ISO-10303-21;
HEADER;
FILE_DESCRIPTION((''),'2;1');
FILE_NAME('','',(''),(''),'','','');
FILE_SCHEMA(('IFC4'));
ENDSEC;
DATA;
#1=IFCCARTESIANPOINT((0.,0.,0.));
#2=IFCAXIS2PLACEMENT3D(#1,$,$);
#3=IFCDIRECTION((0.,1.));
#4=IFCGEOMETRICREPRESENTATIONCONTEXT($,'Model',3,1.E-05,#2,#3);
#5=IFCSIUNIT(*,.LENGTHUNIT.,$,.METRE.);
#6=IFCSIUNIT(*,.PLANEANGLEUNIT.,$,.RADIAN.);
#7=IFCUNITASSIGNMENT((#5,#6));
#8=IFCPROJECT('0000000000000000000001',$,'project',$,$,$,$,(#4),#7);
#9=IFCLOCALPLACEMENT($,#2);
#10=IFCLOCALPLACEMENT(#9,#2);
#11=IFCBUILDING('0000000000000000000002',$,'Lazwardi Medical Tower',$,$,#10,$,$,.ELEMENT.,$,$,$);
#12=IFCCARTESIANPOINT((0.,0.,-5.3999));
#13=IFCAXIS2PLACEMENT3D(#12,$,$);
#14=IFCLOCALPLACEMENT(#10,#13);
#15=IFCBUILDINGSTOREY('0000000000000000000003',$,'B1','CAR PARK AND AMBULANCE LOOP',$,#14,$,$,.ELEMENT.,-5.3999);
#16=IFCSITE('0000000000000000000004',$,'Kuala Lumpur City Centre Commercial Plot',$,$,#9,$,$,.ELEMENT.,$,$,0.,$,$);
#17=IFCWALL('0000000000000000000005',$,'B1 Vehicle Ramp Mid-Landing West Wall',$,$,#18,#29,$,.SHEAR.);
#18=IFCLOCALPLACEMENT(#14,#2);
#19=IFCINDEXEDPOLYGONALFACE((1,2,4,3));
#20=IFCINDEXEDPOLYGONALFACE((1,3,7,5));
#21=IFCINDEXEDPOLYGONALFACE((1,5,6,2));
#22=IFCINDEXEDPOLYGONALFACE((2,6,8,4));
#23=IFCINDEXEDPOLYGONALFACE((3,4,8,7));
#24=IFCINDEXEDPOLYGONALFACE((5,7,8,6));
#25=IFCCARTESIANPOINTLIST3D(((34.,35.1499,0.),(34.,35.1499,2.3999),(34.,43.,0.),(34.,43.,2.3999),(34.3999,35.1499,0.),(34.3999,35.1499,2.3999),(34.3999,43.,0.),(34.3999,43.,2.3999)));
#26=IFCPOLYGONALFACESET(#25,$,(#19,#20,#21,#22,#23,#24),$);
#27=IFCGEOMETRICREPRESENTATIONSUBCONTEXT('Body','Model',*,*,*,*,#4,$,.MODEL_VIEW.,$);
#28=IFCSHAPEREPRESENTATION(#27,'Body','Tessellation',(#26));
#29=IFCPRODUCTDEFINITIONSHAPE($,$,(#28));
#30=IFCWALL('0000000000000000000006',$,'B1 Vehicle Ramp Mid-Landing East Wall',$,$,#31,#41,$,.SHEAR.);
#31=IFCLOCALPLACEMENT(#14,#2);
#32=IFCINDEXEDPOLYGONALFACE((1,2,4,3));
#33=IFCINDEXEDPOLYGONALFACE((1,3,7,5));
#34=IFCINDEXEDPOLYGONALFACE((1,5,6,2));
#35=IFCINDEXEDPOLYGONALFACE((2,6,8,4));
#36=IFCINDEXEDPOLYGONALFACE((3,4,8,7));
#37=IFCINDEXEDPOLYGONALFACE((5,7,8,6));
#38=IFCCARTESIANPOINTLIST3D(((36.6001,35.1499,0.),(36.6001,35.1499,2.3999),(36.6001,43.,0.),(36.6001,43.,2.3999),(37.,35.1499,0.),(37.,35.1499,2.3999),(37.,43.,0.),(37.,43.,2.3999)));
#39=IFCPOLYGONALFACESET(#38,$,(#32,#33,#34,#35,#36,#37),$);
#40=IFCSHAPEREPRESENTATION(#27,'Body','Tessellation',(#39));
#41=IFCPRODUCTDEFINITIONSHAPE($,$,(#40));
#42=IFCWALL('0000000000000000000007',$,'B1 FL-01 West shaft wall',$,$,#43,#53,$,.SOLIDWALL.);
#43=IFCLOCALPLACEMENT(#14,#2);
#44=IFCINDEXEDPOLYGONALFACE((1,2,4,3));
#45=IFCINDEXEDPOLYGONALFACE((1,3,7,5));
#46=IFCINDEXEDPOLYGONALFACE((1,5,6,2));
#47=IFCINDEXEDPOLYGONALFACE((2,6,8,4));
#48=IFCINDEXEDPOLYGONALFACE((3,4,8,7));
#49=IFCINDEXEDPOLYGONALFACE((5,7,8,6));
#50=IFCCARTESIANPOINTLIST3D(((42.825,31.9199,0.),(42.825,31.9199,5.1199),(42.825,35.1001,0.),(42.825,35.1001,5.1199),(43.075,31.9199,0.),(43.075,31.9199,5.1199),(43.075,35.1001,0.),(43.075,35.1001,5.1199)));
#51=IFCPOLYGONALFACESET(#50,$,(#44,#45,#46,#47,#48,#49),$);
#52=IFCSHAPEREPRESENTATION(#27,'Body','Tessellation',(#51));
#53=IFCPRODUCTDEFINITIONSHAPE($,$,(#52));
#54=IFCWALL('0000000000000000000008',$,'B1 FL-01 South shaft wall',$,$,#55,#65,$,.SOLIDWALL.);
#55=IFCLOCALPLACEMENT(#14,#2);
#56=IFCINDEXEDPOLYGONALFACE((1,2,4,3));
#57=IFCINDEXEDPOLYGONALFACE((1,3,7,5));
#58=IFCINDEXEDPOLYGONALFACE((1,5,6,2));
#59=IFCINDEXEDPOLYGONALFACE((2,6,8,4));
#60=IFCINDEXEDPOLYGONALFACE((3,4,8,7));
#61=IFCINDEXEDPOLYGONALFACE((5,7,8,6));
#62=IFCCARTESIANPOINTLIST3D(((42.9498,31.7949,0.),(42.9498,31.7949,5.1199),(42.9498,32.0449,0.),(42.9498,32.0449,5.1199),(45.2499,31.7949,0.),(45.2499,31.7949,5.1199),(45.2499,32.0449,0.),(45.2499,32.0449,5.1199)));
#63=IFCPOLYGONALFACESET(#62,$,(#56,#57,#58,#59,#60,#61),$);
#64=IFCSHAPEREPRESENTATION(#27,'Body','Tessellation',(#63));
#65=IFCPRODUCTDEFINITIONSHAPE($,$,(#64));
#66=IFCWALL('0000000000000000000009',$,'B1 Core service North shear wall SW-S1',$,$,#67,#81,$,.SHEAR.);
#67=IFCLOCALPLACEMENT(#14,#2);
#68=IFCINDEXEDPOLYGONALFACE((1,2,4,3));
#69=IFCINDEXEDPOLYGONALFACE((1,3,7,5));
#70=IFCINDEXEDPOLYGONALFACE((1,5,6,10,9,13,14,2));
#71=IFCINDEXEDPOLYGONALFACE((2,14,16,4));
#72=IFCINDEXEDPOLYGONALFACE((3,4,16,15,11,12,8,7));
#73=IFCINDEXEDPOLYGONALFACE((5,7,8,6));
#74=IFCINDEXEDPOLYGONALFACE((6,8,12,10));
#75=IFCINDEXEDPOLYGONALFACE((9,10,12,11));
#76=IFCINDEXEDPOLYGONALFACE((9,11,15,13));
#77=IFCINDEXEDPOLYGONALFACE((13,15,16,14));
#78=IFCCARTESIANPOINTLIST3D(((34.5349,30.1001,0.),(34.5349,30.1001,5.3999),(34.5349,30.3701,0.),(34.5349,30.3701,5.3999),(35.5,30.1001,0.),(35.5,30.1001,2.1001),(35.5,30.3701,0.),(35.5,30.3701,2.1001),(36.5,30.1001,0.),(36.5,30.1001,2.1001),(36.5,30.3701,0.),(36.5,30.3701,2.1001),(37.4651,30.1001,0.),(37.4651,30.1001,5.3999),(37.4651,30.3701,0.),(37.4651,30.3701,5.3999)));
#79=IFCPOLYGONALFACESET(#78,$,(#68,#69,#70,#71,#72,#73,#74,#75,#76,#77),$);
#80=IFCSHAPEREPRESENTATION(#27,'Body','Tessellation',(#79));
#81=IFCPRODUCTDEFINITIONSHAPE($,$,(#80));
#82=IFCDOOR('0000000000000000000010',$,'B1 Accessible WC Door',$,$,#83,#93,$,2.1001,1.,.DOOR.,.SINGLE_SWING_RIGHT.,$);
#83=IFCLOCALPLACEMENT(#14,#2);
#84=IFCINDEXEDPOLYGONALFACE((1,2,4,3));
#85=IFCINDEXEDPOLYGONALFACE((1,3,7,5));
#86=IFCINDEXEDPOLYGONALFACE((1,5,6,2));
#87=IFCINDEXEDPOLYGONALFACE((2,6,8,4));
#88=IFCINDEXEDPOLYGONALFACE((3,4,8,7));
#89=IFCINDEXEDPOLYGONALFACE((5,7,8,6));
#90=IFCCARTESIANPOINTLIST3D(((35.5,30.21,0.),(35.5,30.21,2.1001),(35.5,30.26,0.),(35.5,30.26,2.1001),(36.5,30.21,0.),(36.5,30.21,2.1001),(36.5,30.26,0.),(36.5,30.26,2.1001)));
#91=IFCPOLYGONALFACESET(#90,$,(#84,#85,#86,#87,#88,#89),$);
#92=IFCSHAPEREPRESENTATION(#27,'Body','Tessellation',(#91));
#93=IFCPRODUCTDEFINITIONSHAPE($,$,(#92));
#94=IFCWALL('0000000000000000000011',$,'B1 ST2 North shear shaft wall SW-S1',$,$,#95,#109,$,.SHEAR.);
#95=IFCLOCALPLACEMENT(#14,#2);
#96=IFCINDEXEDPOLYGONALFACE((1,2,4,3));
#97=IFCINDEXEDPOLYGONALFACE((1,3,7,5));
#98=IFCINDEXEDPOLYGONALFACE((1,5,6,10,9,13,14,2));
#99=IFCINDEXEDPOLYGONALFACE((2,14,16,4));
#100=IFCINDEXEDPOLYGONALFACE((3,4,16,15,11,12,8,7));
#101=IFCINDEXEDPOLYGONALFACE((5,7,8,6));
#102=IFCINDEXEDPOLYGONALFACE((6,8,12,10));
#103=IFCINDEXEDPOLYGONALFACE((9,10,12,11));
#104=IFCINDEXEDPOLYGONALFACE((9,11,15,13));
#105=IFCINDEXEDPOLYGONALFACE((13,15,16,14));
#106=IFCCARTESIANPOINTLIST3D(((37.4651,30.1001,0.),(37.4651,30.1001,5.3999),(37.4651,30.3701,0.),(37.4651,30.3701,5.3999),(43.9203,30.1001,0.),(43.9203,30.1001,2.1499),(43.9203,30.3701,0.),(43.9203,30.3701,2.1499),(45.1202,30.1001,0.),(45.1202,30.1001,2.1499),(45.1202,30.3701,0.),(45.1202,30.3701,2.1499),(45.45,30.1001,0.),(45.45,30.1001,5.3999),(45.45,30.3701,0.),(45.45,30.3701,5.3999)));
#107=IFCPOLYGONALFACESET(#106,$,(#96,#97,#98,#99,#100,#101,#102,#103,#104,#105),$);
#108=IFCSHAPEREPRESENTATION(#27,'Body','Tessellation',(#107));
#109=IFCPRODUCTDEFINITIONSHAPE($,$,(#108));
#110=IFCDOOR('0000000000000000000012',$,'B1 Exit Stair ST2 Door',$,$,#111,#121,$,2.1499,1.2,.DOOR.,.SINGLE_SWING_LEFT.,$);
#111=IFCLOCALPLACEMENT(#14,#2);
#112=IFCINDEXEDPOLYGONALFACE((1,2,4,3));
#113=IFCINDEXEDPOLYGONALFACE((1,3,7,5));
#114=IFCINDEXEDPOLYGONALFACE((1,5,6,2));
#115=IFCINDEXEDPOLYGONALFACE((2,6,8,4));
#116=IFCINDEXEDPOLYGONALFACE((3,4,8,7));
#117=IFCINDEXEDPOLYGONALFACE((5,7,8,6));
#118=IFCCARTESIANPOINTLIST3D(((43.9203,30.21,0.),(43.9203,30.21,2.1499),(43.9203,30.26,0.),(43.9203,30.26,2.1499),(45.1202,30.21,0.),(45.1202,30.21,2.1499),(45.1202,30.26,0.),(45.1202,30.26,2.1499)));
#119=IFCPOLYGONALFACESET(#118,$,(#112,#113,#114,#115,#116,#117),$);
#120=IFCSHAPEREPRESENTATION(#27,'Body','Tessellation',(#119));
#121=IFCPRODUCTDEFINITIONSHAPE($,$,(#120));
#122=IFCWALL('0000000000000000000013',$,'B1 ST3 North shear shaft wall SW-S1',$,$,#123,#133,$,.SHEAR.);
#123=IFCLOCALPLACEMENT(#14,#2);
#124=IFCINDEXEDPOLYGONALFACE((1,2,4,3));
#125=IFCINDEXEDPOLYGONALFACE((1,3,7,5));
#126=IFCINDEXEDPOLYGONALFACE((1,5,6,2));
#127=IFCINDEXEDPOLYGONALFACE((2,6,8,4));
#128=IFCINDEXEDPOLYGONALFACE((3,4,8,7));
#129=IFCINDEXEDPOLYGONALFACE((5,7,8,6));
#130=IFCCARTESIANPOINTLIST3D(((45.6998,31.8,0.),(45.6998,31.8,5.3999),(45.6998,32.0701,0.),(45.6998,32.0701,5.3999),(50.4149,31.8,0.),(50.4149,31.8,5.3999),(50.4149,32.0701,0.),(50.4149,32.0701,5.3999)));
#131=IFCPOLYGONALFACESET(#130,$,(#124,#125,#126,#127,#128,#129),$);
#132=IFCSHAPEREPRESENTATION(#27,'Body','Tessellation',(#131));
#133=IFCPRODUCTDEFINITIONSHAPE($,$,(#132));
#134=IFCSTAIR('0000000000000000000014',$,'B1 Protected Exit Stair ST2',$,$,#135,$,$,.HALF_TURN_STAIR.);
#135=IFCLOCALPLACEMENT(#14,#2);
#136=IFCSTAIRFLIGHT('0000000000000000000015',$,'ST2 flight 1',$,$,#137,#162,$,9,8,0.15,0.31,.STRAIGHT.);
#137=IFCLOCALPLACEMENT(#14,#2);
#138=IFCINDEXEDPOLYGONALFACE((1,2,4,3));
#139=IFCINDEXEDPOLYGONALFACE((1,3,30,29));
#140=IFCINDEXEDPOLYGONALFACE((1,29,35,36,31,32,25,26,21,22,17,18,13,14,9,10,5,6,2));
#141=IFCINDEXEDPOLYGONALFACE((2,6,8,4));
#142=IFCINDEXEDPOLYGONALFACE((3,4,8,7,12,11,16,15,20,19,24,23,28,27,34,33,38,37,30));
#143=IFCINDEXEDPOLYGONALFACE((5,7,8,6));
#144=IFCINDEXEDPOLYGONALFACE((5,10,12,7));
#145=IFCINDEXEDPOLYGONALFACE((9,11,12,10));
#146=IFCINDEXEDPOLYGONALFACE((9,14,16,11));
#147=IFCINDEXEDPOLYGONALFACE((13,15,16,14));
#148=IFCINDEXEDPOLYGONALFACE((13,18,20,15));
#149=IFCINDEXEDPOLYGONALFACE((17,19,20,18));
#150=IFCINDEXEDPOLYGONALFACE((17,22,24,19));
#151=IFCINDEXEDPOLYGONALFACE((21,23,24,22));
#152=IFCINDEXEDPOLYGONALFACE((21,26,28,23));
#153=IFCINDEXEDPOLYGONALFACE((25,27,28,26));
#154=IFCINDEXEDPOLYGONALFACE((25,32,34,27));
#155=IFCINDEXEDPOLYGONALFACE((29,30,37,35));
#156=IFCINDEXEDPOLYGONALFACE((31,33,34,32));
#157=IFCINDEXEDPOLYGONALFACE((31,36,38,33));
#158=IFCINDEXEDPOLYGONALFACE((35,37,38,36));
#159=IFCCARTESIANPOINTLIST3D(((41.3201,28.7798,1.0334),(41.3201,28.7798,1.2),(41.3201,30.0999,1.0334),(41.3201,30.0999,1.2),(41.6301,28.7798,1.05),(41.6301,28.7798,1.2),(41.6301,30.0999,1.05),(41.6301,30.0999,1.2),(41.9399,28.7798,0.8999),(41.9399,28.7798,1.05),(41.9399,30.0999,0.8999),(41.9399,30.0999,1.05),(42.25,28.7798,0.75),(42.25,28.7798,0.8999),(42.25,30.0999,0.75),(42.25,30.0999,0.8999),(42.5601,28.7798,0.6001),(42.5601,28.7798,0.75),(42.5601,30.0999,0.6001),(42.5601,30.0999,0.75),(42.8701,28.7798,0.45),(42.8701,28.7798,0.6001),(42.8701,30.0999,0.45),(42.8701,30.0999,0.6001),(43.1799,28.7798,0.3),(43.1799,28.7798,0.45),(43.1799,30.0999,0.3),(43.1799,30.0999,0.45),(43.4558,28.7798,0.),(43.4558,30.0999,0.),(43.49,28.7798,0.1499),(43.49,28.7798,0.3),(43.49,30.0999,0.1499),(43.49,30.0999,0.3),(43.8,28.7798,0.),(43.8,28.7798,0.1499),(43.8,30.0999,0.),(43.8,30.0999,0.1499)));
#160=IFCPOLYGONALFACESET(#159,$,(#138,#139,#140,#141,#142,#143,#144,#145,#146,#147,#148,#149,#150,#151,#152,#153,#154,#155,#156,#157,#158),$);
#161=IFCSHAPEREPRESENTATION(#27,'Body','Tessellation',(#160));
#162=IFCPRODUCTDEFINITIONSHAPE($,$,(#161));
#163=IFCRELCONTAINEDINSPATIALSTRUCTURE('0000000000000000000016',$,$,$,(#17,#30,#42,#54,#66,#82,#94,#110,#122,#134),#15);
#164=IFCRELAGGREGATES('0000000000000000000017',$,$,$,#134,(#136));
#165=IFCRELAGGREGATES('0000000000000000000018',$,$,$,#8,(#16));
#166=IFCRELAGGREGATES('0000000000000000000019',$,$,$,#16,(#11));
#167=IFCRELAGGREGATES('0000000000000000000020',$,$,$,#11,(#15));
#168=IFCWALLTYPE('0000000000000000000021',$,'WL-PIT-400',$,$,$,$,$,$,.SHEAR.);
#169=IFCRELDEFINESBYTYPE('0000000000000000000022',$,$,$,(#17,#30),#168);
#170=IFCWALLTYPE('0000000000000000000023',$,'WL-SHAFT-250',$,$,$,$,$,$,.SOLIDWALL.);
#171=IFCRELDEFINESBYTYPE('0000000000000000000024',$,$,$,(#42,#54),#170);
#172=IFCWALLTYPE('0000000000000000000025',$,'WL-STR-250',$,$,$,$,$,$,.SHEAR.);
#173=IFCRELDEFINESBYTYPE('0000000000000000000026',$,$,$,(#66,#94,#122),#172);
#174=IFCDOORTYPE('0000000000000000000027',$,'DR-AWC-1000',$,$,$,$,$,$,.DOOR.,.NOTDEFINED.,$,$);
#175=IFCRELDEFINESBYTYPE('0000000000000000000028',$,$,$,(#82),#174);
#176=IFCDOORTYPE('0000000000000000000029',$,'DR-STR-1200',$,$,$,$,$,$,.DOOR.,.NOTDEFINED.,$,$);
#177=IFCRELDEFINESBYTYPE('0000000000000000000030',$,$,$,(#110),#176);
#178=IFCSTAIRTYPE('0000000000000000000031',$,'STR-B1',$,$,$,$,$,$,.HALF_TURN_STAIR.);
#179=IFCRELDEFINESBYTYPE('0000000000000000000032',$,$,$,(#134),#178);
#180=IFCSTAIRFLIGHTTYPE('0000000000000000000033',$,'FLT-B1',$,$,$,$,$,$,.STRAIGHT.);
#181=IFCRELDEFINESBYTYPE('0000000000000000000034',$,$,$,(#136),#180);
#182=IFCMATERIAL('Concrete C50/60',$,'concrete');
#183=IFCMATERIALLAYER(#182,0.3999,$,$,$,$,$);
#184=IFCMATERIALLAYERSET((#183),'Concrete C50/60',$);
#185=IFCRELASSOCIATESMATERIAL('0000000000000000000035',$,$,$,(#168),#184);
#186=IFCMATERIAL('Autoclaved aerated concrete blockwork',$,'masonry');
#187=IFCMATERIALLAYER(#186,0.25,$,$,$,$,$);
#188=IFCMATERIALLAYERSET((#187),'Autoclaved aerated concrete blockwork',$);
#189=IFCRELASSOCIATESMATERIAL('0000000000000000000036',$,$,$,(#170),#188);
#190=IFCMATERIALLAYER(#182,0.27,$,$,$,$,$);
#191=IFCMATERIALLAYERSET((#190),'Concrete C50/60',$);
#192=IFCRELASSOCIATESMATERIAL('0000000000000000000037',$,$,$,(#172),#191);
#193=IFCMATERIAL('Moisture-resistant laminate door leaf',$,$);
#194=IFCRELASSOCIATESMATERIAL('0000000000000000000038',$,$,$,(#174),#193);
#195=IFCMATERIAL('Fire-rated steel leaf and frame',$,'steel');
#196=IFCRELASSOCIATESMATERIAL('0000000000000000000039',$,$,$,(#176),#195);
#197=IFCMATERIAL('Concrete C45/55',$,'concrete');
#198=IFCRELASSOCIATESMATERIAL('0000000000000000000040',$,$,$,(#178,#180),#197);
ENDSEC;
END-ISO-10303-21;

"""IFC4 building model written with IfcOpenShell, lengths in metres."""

from ifc_helpers import new_model, si_unit, direction, frame, frame_2d, origin, place, context, subcontext, project, spatial, polyline, rectangle, outline, extrude, material, layer, layer_set, type_object, element, fill, aggregate, save


model = new_model("IFC4")

# Units and contexts
model_context = context("Model", 3, precision=1e-05, world=origin(), true_north=direction((0.0, 1.0)))
body_context = subcontext(model_context, "Body", "Model", "MODEL_VIEW")
ifc_project = project(units=[si_unit("LENGTHUNIT", "METRE"), si_unit("PLANEANGLEUNIT", "RADIAN")], contexts=[model_context])

# Site, building, storey
site_placement = place(None, origin())
site = spatial("IfcSite", under=ifc_project, at=site_placement, Name="Kuala Lumpur City Centre Commercial Plot", CompositionType="ELEMENT", RefElevation=0.0)
building_placement = place(site_placement, origin())
building = spatial("IfcBuilding", under=site, at=building_placement, Name="Lazwardi Medical Tower", CompositionType="ELEMENT")
storey_placement = place(building_placement, frame((0.0, 0.0, -5.3999)))
storey = spatial("IfcBuildingStorey", under=building, at=storey_placement, Name="B1", Description="CAR PARK AND AMBULANCE LOOP", CompositionType="ELEMENT", Elevation=-5.3999)

# Shared definitions
ifc_material_1 = material(Name="Concrete C50/60", Category="concrete")

# Walls
ifc_layer_1 = layer(ifc_material_1, 0.3999)
ifc_layer_set_1 = layer_set([ifc_layer_1], Name="Concrete C50/60")
wall_type_1 = type_object("IfcWallType", Name="WL-PIT-400", PredefinedType="SHEAR", material=ifc_layer_set_1)
for number, where, z_axis, x_axis, name in (
    (1, (34.2, 35.1499, 0.0), (0.0, 0.0, 1.0), (0.0, 1.0, 0.0), "B1 Vehicle Ramp Mid-Landing West Wall"),
    (2, (36.8, 35.1499, 0.0), (0.0, 0.0, 1.0), (0.0, 1.0, 0.0), "B1 Vehicle Ramp Mid-Landing East Wall"),
):
    element("IfcWall", number, at=place(storey_placement, frame(where, z_axis=z_axis, x_axis=x_axis)), inside=storey, type_object=wall_type_1, Name=name, PredefinedType="SHEAR", context=body_context, shape_type="SweptSolid", body=[
        extrude(rectangle(XDim=7.8501, YDim=0.3999, at=frame_2d((3.925, 0.0))), origin(), (0.0, 0.0, 1.0), 2.3999),
    ])
ifc_material_2 = material(Name="Autoclaved aerated concrete blockwork", Category="masonry")
ifc_layer_2 = layer(ifc_material_2, 0.25)
ifc_layer_set_2 = layer_set([ifc_layer_2], Name="Autoclaved aerated concrete blockwork")
wall_type_2 = type_object("IfcWallType", Name="WL-SHAFT-250", PredefinedType="SOLIDWALL", material=ifc_layer_set_2)
wall_1_placement = place(storey_placement, frame((42.95, 31.9199, 0.0), z_axis=(0.0, 0.0, 1.0), x_axis=(0.0, 1.0, 0.0)))
element("IfcWall", 3, at=wall_1_placement, inside=storey, type_object=wall_type_2, Name="B1 FL-01 West shaft wall", PredefinedType="SOLIDWALL", context=body_context, shape_type="SweptSolid", body=[
    extrude(rectangle(XDim=3.1802, YDim=0.25, at=frame_2d((1.5901, 0.0))), origin(), (0.0, 0.0, 1.0), 5.1199),
])
wall_2_placement = place(storey_placement, frame((42.95, 31.9199, 0.0), z_axis=(0.0, 0.0, 1.0), x_axis=(1.0, 0.0, 0.0)))
element("IfcWall", 4, at=wall_2_placement, inside=storey, type_object=wall_type_2, Name="B1 FL-01 South shaft wall", PredefinedType="SOLIDWALL", context=body_context, shape_type="SweptSolid", body=[
    extrude(rectangle(XDim=2.3, YDim=0.25, at=frame_2d((1.1499, 0.0))), origin(), (0.0, 0.0, 1.0), 5.1199),
])

# Walls, openings, doors
ifc_layer_3 = layer(ifc_material_1, 0.27)
ifc_layer_set_3 = layer_set([ifc_layer_3], Name="Concrete C50/60")
wall_type_3 = type_object("IfcWallType", Name="WL-STR-250", PredefinedType="SHEAR", material=ifc_layer_set_3)
wall_3_placement = place(storey_placement, frame((34.5349, 30.2351, 0.0), z_axis=(0.0, 0.0, 1.0), x_axis=(1.0, 0.0, 0.0)))
wall_3 = element("IfcWall", 5, at=wall_3_placement, inside=storey, type_object=wall_type_3, Name="B1 Core service North shear wall SW-S1", PredefinedType="SHEAR", context=body_context, shape_type="SweptSolid", body=[
    extrude(rectangle(XDim=2.9302, YDim=0.27, at=frame_2d((1.4651, 0.0))), origin(), (0.0, 0.0, 1.0), 5.3999),
])
opening_1_placement = place(wall_3_placement, frame((0.9651, 0.0, 0.0)))
opening_1 = element("IfcOpeningElement", 6, at=opening_1_placement, cuts=wall_3, PredefinedType="OPENING", context=body_context, shape_type="SweptSolid", body=[
    extrude(rectangle(XDim=1.0, YDim=2.1001, at=frame_2d((0.5, 1.05))), frame((0.0, 0.145, 0.0), z_axis=(0.0, -1.0, 0.0), x_axis=(1.0, 0.0, 0.0)), (0.0, 0.0, 1.0), 0.29),
])
ifc_material_3 = material(Name="Moisture-resistant laminate door leaf")
door_type_1 = type_object("IfcDoorType", Name="DR-AWC-1000", OperationType="NOTDEFINED", PredefinedType="DOOR", material=ifc_material_3)
door_1_placement = place(opening_1_placement, origin())
door_1 = element("IfcDoor", 7, at=door_1_placement, inside=storey, type_object=door_type_1, Name="B1 Accessible WC Door", OperationType="SINGLE_SWING_RIGHT", OverallHeight=2.1001, OverallWidth=1.0, PredefinedType="DOOR", context=body_context, shape_type="SweptSolid", body=[
    extrude(rectangle(XDim=1.0, YDim=2.1001, at=frame_2d((0.5, 1.05))), frame((0.0, 0.0249, 0.0), z_axis=(0.0, -1.0, 0.0), x_axis=(1.0, 0.0, 0.0)), (0.0, 0.0, 1.0), 0.05),
])
fill(opening_1, door_1)
wall_4_placement = place(storey_placement, frame((37.4651, 30.2351, 0.0), z_axis=(0.0, 0.0, 1.0), x_axis=(1.0, 0.0, 0.0)))
wall_4 = element("IfcWall", 8, at=wall_4_placement, inside=storey, type_object=wall_type_3, Name="B1 ST2 North shear shaft wall SW-S1", PredefinedType="SHEAR", context=body_context, shape_type="SweptSolid", body=[
    extrude(rectangle(XDim=7.9849, YDim=0.27, at=frame_2d((3.9924, 0.0))), origin(), (0.0, 0.0, 1.0), 5.3999),
])
opening_2_placement = place(wall_4_placement, frame((6.4551, 0.0, 0.0)))
opening_2 = element("IfcOpeningElement", 9, at=opening_2_placement, cuts=wall_4, PredefinedType="OPENING", context=body_context, shape_type="SweptSolid", body=[
    extrude(rectangle(XDim=1.2, YDim=2.1499, at=frame_2d((0.6001, 1.075))), frame((0.0, 0.145, 0.0), z_axis=(0.0, -1.0, 0.0), x_axis=(1.0, 0.0, 0.0)), (0.0, 0.0, 1.0), 0.29),
])
ifc_material_4 = material(Name="Fire-rated steel leaf and frame", Category="steel")
door_type_2 = type_object("IfcDoorType", Name="DR-STR-1200", OperationType="NOTDEFINED", PredefinedType="DOOR", material=ifc_material_4)
door_2_placement = place(opening_2_placement, origin())
door_2 = element("IfcDoor", 10, at=door_2_placement, inside=storey, type_object=door_type_2, Name="B1 Exit Stair ST2 Door", OperationType="SINGLE_SWING_LEFT", OverallHeight=2.1499, OverallWidth=1.2, PredefinedType="DOOR", context=body_context, shape_type="SweptSolid", body=[
    extrude(rectangle(XDim=1.2, YDim=2.1499, at=frame_2d((0.6001, 1.075))), frame((0.0, 0.0249, 0.0), z_axis=(0.0, -1.0, 0.0), x_axis=(1.0, 0.0, 0.0)), (0.0, 0.0, 1.0), 0.05),
])
fill(opening_2, door_2)

# Wall
wall_5_placement = place(storey_placement, frame((45.7, 31.9351, 0.0), z_axis=(0.0, 0.0, 1.0), x_axis=(1.0, 0.0, 0.0)))
element("IfcWall", 11, at=wall_5_placement, inside=storey, type_object=wall_type_3, Name="B1 ST3 North shear shaft wall SW-S1", PredefinedType="SHEAR", context=body_context, shape_type="SweptSolid", body=[
    extrude(rectangle(XDim=4.7151, YDim=0.27, at=frame_2d((2.3574, 0.0))), origin(), (0.0, 0.0, 1.0), 5.3999),
])

# Stair, stair flight
ifc_material_5 = material(Name="Concrete C45/55", Category="concrete")
stair_type = type_object("IfcStairType", Name="STR-B1", PredefinedType="HALF_TURN_STAIR", material=ifc_material_5)
stair_placement = place(storey_placement, origin())
stair = element("IfcStair", 12, at=stair_placement, inside=storey, type_object=stair_type, Name="B1 Protected Exit Stair ST2", PredefinedType="HALF_TURN_STAIR")
stair_flight_type = type_object("IfcStairFlightType", Name="FLT-B1", PredefinedType="STRAIGHT", material=ifc_material_5)
stair_flight_1_placement = place(storey_placement, frame((43.8, 29.4399, 0.0), z_axis=(0.0, 0.0, 1.0), x_axis=(-1.0, 0.0, 0.0)))
stair_flight_1 = element("IfcStairFlight", 13, at=stair_flight_1_placement, type_object=stair_flight_type, Name="ST2 flight 1", NumberOfRisers=9, NumberOfTreads=8, PredefinedType="STRAIGHT", RiserHeight=0.15, TreadLength=0.31, context=body_context, shape_type="SweptSolid", body=[
    extrude(outline(polyline([(0.0, 0.0), (0.0, 0.1499), (0.3101, 0.1499), (0.3101, 0.3), (0.6201, 0.3), (0.6201, 0.45), (0.9299, 0.45), (0.9299, 0.6001), (1.24, 0.6001), (1.24, 0.75), (1.55, 0.75), (1.55, 0.8999), (1.8601, 0.8999), (1.8601, 1.05), (2.1699, 1.05), (2.1699, 1.2), (2.48, 1.2), (2.48, 1.3501), (2.48, 1.0334), (0.3442, 0.0), (0.0, 0.0)])), frame((0.0, 0.6602, 0.0), z_axis=(0.0, -1.0, 0.0), x_axis=(1.0, 0.0, 0.0)), (0.0, 0.0, 1.0), 1.3201),
])
aggregate(stair, [stair_flight_1])

save(model, "model.ifc")
